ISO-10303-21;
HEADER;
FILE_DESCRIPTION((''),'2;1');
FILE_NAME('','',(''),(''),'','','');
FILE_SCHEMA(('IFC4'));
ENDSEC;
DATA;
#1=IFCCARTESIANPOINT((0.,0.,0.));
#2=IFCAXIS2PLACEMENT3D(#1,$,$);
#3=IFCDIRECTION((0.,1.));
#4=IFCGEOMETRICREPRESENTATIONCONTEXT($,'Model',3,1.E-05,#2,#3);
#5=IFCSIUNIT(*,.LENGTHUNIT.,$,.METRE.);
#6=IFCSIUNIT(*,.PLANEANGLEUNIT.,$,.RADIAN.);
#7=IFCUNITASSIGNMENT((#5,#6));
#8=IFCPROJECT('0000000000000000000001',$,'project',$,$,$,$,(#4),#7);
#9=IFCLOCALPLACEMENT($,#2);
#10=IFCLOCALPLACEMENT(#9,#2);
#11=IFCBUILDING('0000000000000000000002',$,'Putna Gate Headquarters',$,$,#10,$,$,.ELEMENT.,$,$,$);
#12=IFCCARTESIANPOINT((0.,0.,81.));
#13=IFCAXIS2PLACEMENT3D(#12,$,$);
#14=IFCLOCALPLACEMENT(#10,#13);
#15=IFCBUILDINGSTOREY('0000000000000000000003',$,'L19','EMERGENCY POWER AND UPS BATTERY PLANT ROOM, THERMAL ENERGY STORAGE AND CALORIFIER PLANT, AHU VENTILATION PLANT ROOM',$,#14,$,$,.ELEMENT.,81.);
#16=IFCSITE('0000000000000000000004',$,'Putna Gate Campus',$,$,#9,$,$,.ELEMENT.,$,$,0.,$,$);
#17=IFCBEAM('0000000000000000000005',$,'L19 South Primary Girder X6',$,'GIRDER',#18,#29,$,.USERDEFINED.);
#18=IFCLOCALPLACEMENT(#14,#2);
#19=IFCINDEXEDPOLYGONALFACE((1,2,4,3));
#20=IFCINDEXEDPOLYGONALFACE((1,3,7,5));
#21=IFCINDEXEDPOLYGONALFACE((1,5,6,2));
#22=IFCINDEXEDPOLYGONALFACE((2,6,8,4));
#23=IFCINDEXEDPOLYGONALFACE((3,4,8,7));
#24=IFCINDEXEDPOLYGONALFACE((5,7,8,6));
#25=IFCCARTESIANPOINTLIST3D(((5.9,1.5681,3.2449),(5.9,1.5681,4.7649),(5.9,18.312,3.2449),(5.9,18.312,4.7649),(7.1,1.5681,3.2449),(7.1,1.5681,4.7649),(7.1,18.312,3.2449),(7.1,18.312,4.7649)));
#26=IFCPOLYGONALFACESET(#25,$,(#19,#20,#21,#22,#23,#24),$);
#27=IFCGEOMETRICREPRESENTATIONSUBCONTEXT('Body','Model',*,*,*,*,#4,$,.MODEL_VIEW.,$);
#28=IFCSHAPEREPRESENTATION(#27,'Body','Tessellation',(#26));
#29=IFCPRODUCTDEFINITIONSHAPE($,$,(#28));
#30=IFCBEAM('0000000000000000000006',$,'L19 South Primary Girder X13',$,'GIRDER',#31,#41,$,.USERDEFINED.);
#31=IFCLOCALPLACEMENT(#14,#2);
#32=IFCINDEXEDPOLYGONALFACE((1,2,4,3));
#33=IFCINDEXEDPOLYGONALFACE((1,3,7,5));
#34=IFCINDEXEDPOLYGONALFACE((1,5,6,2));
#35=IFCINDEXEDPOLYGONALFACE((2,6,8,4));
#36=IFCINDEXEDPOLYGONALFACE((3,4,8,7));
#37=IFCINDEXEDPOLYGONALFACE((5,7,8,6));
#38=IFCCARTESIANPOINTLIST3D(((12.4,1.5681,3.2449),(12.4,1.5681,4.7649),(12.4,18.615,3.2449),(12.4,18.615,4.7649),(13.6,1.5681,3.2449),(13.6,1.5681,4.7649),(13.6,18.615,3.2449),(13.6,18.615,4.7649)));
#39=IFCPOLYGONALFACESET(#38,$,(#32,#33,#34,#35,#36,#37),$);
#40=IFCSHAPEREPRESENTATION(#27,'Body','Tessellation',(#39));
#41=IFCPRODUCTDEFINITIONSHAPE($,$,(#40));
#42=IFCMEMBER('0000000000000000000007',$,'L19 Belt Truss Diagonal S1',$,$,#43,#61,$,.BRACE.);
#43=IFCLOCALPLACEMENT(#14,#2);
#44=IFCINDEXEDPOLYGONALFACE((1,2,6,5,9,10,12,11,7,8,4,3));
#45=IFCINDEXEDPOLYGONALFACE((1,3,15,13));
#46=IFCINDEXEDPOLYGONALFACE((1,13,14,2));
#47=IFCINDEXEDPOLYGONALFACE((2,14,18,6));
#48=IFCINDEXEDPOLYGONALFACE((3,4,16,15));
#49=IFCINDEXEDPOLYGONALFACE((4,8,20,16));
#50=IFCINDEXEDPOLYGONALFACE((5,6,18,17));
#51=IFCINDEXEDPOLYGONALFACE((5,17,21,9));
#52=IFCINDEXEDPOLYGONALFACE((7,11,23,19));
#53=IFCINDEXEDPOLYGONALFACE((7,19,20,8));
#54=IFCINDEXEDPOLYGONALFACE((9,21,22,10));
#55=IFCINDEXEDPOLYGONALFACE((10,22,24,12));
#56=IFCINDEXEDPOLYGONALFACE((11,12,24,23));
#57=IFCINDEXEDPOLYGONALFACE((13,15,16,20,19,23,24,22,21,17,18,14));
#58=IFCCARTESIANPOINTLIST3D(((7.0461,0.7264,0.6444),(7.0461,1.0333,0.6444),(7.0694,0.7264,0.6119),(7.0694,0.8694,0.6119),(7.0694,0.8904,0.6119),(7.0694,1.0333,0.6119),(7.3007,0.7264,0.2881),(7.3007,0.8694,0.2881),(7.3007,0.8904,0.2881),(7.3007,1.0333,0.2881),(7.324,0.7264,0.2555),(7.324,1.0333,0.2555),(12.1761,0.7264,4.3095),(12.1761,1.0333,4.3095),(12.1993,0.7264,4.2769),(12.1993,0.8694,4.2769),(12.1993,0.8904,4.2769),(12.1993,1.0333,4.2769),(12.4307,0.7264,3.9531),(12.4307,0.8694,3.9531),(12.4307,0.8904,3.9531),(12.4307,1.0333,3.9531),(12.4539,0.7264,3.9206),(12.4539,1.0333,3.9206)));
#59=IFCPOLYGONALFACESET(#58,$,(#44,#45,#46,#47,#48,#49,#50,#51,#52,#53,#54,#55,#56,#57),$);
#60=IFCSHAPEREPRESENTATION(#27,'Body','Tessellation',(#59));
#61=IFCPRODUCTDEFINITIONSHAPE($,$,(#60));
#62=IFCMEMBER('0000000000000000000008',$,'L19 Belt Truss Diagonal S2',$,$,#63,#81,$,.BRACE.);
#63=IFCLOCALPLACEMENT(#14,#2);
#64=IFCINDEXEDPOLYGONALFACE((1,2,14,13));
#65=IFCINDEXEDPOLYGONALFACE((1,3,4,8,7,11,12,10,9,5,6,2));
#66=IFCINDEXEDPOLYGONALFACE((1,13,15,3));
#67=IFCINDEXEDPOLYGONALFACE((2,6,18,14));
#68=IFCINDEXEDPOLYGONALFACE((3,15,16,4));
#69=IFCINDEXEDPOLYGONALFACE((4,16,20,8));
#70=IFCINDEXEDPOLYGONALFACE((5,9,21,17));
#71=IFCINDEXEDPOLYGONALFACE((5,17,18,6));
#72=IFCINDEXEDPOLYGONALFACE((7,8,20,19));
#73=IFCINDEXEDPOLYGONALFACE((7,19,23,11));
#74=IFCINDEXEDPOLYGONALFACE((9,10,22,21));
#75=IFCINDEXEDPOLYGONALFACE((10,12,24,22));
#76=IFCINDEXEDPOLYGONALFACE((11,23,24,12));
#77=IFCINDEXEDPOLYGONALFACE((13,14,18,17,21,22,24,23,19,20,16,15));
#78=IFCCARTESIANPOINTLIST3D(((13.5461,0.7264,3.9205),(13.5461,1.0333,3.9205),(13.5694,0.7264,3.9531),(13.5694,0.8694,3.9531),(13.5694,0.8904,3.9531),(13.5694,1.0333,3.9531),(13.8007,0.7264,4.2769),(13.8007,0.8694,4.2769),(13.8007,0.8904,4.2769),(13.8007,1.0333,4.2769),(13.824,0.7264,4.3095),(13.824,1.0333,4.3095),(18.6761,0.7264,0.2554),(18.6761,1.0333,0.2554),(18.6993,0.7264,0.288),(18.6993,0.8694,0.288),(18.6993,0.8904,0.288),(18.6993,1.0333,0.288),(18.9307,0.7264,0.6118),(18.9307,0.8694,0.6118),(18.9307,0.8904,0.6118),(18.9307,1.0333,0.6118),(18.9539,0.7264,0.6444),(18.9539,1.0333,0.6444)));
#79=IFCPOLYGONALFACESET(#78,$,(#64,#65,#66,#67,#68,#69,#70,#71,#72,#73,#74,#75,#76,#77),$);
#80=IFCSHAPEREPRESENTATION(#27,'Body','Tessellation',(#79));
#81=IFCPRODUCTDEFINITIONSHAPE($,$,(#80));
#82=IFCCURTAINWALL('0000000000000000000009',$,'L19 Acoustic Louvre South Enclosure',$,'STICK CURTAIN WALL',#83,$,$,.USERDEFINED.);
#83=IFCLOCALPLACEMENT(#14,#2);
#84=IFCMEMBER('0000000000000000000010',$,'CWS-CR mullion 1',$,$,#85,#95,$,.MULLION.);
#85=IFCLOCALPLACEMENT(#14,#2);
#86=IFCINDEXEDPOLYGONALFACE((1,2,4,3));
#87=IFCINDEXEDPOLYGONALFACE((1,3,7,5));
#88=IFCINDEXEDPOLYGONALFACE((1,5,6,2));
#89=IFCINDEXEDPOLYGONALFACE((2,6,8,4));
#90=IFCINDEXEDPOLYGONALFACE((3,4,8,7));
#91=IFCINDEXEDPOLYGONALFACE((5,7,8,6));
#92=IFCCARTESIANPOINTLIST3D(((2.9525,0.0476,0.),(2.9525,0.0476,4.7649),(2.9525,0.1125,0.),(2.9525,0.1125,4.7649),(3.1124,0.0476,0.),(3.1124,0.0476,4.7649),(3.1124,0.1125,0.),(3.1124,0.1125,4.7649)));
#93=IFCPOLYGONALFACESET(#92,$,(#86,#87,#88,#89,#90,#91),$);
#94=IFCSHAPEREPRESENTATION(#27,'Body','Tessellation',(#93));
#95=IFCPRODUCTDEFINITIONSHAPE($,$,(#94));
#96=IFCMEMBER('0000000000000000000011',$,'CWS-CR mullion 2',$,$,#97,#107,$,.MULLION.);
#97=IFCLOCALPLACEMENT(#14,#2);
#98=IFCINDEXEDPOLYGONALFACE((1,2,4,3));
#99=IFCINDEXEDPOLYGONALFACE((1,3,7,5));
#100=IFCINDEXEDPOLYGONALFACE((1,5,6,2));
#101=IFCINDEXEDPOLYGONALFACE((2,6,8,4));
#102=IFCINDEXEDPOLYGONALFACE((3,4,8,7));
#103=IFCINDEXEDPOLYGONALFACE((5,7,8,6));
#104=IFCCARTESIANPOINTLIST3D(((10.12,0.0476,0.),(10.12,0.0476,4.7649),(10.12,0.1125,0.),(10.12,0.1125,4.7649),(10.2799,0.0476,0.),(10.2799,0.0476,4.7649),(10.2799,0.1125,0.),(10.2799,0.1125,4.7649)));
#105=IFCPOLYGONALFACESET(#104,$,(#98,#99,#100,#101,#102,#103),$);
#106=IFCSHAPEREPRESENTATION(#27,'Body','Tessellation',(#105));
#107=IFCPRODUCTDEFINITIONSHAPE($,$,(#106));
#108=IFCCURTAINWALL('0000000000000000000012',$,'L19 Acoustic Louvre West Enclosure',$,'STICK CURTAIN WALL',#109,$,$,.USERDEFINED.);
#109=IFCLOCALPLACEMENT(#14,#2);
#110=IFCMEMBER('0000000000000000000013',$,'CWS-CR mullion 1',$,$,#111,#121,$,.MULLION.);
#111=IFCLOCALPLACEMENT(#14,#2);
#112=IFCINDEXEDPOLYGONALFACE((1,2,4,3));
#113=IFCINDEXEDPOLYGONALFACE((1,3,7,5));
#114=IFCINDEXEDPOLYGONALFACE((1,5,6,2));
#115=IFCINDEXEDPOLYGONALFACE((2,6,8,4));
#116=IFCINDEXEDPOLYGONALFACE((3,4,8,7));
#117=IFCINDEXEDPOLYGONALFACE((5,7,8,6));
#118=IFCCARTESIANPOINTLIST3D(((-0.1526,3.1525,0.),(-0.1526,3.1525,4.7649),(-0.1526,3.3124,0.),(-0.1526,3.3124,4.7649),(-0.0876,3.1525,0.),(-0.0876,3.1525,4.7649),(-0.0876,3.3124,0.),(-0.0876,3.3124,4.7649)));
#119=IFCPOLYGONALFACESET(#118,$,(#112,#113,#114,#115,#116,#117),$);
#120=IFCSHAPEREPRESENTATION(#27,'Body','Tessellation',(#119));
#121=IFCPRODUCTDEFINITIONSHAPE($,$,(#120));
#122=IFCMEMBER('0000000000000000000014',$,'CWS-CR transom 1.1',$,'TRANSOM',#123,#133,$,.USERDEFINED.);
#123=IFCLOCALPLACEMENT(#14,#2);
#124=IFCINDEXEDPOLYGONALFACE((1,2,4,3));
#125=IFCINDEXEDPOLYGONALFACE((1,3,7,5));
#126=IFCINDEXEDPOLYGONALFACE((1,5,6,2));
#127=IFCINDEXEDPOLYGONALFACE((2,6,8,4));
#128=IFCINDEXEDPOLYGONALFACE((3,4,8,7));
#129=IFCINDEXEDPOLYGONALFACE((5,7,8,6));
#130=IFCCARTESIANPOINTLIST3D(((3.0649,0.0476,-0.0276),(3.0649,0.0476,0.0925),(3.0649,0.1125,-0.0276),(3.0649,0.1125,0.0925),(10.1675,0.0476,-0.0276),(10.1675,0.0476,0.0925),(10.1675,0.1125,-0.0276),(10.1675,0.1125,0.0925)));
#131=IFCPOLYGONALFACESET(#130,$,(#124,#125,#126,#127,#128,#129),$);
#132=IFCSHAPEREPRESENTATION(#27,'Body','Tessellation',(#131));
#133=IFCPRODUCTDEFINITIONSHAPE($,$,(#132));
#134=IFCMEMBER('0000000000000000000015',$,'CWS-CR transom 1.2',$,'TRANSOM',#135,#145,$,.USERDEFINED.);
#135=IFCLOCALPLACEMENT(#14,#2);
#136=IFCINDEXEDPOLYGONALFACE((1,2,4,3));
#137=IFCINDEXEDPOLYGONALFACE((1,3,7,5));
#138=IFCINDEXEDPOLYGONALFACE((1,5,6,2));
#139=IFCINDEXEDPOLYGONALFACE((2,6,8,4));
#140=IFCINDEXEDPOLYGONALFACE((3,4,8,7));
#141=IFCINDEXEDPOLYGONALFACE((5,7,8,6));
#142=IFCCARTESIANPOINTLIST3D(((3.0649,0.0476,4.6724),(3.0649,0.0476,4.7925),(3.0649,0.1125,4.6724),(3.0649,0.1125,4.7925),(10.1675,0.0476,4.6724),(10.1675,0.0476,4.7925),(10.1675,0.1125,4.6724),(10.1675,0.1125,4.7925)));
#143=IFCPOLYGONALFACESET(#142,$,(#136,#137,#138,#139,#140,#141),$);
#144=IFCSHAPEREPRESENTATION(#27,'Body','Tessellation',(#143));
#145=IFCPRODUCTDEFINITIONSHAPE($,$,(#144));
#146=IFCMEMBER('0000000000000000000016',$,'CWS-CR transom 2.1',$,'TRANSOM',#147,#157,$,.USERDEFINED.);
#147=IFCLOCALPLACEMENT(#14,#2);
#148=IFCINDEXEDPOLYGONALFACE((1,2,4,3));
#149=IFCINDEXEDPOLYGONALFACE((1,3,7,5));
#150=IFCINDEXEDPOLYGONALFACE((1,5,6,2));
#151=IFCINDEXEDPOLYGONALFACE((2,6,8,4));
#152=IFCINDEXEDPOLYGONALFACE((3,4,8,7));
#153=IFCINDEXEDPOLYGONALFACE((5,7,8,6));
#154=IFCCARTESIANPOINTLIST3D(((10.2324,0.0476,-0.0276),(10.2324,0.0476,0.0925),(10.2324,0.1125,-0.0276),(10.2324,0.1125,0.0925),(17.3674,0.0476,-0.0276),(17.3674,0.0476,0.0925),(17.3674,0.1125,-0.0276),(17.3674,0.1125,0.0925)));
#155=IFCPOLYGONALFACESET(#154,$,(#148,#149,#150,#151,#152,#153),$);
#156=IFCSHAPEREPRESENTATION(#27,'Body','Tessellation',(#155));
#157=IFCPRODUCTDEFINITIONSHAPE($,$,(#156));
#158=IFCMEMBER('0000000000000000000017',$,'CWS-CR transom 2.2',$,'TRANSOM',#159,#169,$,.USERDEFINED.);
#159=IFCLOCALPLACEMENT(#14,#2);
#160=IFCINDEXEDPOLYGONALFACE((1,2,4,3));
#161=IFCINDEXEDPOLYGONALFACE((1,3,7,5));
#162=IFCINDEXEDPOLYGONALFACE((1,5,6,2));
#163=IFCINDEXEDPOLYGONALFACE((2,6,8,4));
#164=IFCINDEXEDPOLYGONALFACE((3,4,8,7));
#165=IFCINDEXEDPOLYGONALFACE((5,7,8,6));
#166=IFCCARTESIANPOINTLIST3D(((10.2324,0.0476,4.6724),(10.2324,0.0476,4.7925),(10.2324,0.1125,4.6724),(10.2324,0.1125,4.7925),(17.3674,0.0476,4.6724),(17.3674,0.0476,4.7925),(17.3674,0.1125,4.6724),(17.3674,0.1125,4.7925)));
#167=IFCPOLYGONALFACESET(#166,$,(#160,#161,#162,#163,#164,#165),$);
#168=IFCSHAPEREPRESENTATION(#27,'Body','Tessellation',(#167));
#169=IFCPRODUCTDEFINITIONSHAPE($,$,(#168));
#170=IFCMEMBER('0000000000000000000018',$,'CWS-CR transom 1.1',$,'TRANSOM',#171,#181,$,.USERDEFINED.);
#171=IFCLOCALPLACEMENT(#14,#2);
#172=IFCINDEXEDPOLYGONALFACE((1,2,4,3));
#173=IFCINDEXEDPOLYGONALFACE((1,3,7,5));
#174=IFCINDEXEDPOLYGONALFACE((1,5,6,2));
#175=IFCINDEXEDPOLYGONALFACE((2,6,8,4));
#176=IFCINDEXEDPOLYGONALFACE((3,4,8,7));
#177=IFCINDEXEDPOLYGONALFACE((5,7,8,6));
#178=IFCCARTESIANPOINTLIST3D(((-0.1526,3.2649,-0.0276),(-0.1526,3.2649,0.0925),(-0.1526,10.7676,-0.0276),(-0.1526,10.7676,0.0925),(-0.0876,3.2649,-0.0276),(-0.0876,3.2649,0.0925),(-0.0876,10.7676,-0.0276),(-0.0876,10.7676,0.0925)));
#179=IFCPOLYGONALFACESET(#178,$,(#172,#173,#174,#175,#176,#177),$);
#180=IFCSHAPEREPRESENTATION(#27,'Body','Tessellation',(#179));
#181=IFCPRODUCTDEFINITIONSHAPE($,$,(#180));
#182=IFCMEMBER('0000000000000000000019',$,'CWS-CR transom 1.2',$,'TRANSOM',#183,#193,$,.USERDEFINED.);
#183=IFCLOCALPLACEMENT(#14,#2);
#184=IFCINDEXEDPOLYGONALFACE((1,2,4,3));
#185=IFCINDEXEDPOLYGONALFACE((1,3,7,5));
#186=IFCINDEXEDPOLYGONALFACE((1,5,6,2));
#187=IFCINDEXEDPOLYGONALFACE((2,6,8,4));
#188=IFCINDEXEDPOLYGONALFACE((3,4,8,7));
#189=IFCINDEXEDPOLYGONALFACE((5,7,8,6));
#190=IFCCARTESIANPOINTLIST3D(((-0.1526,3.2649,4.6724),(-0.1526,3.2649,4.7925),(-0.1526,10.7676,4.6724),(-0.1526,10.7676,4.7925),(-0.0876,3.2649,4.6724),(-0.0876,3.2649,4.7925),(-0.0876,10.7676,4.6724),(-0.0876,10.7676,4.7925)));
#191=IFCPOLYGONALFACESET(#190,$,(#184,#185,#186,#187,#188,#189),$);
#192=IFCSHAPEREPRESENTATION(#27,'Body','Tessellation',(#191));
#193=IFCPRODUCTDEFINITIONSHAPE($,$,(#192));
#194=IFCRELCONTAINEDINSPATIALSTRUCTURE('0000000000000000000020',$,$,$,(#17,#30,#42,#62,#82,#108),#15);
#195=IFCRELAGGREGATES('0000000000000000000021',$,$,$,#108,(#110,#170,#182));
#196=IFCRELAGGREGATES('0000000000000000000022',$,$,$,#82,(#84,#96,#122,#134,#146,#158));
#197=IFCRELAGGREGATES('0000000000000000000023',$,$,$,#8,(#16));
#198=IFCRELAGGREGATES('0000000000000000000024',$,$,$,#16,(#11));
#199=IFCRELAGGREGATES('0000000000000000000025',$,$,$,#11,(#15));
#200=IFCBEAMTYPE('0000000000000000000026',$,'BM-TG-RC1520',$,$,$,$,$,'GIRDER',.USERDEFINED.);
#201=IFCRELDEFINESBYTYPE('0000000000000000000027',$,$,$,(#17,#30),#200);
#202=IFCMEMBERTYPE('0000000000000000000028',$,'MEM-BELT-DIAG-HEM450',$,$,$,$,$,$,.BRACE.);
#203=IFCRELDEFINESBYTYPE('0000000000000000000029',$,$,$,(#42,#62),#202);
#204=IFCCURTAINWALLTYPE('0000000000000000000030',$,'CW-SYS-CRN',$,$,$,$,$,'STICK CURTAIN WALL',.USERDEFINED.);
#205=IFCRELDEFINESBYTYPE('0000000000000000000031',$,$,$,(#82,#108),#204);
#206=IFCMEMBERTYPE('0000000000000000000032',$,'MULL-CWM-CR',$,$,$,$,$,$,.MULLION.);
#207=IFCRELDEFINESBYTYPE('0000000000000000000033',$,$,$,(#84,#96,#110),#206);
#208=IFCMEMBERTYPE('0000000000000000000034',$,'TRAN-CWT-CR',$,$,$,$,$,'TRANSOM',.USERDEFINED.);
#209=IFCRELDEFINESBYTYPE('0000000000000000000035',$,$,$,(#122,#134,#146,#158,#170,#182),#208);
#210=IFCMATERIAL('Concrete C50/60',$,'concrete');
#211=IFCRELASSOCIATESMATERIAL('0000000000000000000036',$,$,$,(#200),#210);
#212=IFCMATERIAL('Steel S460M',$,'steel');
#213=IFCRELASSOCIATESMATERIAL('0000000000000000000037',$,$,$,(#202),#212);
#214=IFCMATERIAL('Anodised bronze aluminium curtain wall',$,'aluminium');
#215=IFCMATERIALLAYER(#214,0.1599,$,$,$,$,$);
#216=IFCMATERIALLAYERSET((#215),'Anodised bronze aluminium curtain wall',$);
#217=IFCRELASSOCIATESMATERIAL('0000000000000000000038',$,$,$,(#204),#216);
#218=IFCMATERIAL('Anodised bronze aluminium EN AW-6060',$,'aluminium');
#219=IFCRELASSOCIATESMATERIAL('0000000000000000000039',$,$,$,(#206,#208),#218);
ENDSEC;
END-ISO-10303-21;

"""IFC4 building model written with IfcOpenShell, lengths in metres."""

from ifc_helpers import new_model, si_unit, direction, frame, origin, origin_2d, place, context, subcontext, project, spatial, rectangle, i_section, extrude, material, layer, layer_set, material_profile, profile_set, type_object, element, aggregate, save


model = new_model("IFC4")

# Units and contexts
model_context = context("Model", 3, precision=1e-05, world=origin(), true_north=direction((0.0, 1.0)))
body_context = subcontext(model_context, "Body", "Model", "MODEL_VIEW")
ifc_project = project(units=[si_unit("LENGTHUNIT", "METRE"), si_unit("PLANEANGLEUNIT", "RADIAN")], contexts=[model_context])

# Site, building, storey
site_placement = place(None, origin())
site = spatial("IfcSite", under=ifc_project, at=site_placement, Name="Putna Gate Campus", CompositionType="ELEMENT", RefElevation=0.0)
building_placement = place(site_placement, origin())
building = spatial("IfcBuilding", under=site, at=building_placement, Name="Putna Gate Headquarters", CompositionType="ELEMENT")
storey_placement = place(building_placement, frame((0.0, 0.0, 81.0)))
storey = spatial("IfcBuildingStorey", under=building, at=storey_placement, Name="L19", Description="EMERGENCY POWER AND UPS BATTERY PLANT ROOM, THERMAL ENERGY STORAGE AND CALORIFIER PLANT, AHU VENTILATION PLANT ROOM", CompositionType="ELEMENT", Elevation=81.0)

# Beams
ifc_material_1 = material(Name="Concrete C50/60", Category="concrete")
ifc_material_profile_1 = material_profile(ifc_material_1, rectangle(XDim=1.2, YDim=1.52, at=origin_2d()), Name="Concrete C50/60")
ifc_profile_set_1 = profile_set([ifc_material_profile_1], Name="Concrete C50/60")
beam_type_1 = type_object("IfcBeamType", Name="BM-TG-RC1520", ElementType="GIRDER", PredefinedType="USERDEFINED", material=ifc_profile_set_1)
beam_1_placement = place(storey_placement, frame((6.5, 1.5681, 4.0049), z_axis=(0.0, 1.0, 0.0), x_axis=(-1.0, 0.0, 0.0)))
element("IfcBeam", 1, at=beam_1_placement, inside=storey, type_object=beam_type_1, Name="L19 South Primary Girder X6", ObjectType="GIRDER", PredefinedType="USERDEFINED", context=body_context, shape_type="SweptSolid", body=[
    extrude(rectangle(XDim=1.2, YDim=1.52, at=origin_2d()), origin(), (0.0, 0.0, 1.0), 16.7439),
])
beam_2_placement = place(storey_placement, frame((13.0, 1.5681, 4.0049), z_axis=(0.0, 1.0, 0.0), x_axis=(-1.0, 0.0, 0.0)))
element("IfcBeam", 2, at=beam_2_placement, inside=storey, type_object=beam_type_1, Name="L19 South Primary Girder X13", ObjectType="GIRDER", PredefinedType="USERDEFINED", context=body_context, shape_type="SweptSolid", body=[
    extrude(rectangle(XDim=1.2, YDim=1.52, at=origin_2d()), origin(), (0.0, 0.0, 1.0), 17.0469),
])

# Members
ifc_material_2 = material(Name="Steel S460M", Category="steel")
ifc_material_profile_2 = material_profile(ifc_material_2, i_section(OverallWidth=0.3069, OverallDepth=0.478, WebThickness=0.021, FlangeThickness=0.04, at=origin_2d()), Name="Steel S460M")
ifc_profile_set_2 = profile_set([ifc_material_profile_2], Name="Steel S460M")
member_type_1 = type_object("IfcMemberType", Name="MEM-BELT-DIAG-HEM450", PredefinedType="BRACE", material=ifc_profile_set_2)
for number, where, z_axis, x_axis, name in (
    (3, (7.1851, 0.8799, 0.45), (0.813671, 0.0, 0.581326), (0.0, 1.0, 0.0), "L19 Belt Truss Diagonal S1"),
    (4, (13.6851, 0.8799, 4.115), (0.813671, 0.0, -0.581326), (0.0, 1.0, 0.0), "L19 Belt Truss Diagonal S2"),
):
    element("IfcMember", number, at=place(storey_placement, frame(where, z_axis=z_axis, x_axis=x_axis)), inside=storey, type_object=member_type_1, Name=name, PredefinedType="BRACE", context=body_context, shape_type="SweptSolid", body=[
        extrude(i_section(OverallWidth=0.3069, OverallDepth=0.478, WebThickness=0.021, FlangeThickness=0.04, at=origin_2d()), origin(), (0.0, 0.0, 1.0), 6.3047),
    ])

# Curtain wall, members
ifc_material_3 = material(Name="Anodised bronze aluminium curtain wall", Category="aluminium")
ifc_layer_1 = layer(ifc_material_3, 0.1599)
ifc_layer_set_1 = layer_set([ifc_layer_1], Name="Anodised bronze aluminium curtain wall")
curtain_wall_type = type_object("IfcCurtainWallType", Name="CW-SYS-CRN", ElementType="STICK CURTAIN WALL", PredefinedType="USERDEFINED", material=ifc_layer_set_1)
curtain_wall_1_placement = place(storey_placement, origin())
curtain_wall_1 = element("IfcCurtainWall", 5, at=curtain_wall_1_placement, inside=storey, type_object=curtain_wall_type, Name="L19 Acoustic Louvre South Enclosure", ObjectType="STICK CURTAIN WALL", PredefinedType="USERDEFINED")
ifc_material_4 = material(Name="Anodised bronze aluminium EN AW-6060", Category="aluminium")
ifc_material_profile_3 = material_profile(ifc_material_4, rectangle(XDim=0.0649, YDim=0.1599, at=origin_2d()), Name="Anodised bronze aluminium EN AW-6060")
ifc_profile_set_3 = profile_set([ifc_material_profile_3], Name="Anodised bronze aluminium EN AW-6060")
member_type_2 = type_object("IfcMemberType", Name="MULL-CWM-CR", PredefinedType="MULLION", material=ifc_profile_set_3)
member_1_placement = place(storey_placement, frame((3.0325, 0.0801, 0.0), z_axis=(0.0, 0.0, 1.0), x_axis=(0.0, 1.0, 0.0)))
member_1 = element("IfcMember", 6, at=member_1_placement, type_object=member_type_2, Name="CWS-CR mullion 1", PredefinedType="MULLION", context=body_context, shape_type="SweptSolid", body=[
    extrude(rectangle(XDim=0.0649, YDim=0.1599, at=origin_2d()), origin(), (0.0, 0.0, 1.0), 4.7649),
])
member_2_placement = place(storey_placement, frame((10.2, 0.0801, 0.0), z_axis=(0.0, 0.0, 1.0), x_axis=(0.0, 1.0, 0.0)))
member_2 = element("IfcMember", 7, at=member_2_placement, type_object=member_type_2, Name="CWS-CR mullion 2", PredefinedType="MULLION", context=body_context, shape_type="SweptSolid", body=[
    extrude(rectangle(XDim=0.0649, YDim=0.1599, at=origin_2d()), origin(), (0.0, 0.0, 1.0), 4.7649),
])

# Curtain wall, member
curtain_wall_2_placement = place(storey_placement, origin())
curtain_wall_2 = element("IfcCurtainWall", 8, at=curtain_wall_2_placement, inside=storey, type_object=curtain_wall_type, Name="L19 Acoustic Louvre West Enclosure", ObjectType="STICK CURTAIN WALL", PredefinedType="USERDEFINED")
member_3_placement = place(storey_placement, frame((-0.1201, 3.2324, 0.0), z_axis=(0.0, 0.0, 1.0), x_axis=(-1.0, 0.0, 0.0)))
member_3 = element("IfcMember", 9, at=member_3_placement, type_object=member_type_2, Name="CWS-CR mullion 1", PredefinedType="MULLION", context=body_context, shape_type="SweptSolid", body=[
    extrude(rectangle(XDim=0.0649, YDim=0.1599, at=origin_2d()), origin(), (0.0, 0.0, 1.0), 4.7649),
])

# Members
ifc_material_profile_4 = material_profile(ifc_material_4, rectangle(XDim=0.0649, YDim=0.1201, at=origin_2d()), Name="Anodised bronze aluminium EN AW-6060")
ifc_profile_set_4 = profile_set([ifc_material_profile_4], Name="Anodised bronze aluminium EN AW-6060")
member_type_3 = type_object("IfcMemberType", Name="TRAN-CWT-CR", ElementType="TRANSOM", PredefinedType="USERDEFINED", material=ifc_profile_set_4)
member_4_placement = place(storey_placement, frame((3.0649, 0.0801, 0.0325), z_axis=(1.0, 0.0, 0.0), x_axis=(0.0, 1.0, 0.0)))
member_4 = element("IfcMember", 10, at=member_4_placement, type_object=member_type_3, Name="CWS-CR transom 1.1", ObjectType="TRANSOM", PredefinedType="USERDEFINED", context=body_context, shape_type="SweptSolid", body=[
    extrude(rectangle(XDim=0.0649, YDim=0.1201, at=origin_2d()), origin(), (0.0, 0.0, 1.0), 7.1025),
])
member_5_placement = place(storey_placement, frame((3.0649, 0.0801, 4.7324), z_axis=(1.0, 0.0, 0.0), x_axis=(0.0, 1.0, 0.0)))
member_5 = element("IfcMember", 11, at=member_5_placement, type_object=member_type_3, Name="CWS-CR transom 1.2", ObjectType="TRANSOM", PredefinedType="USERDEFINED", context=body_context, shape_type="SweptSolid", body=[
    extrude(rectangle(XDim=0.0649, YDim=0.1201, at=origin_2d()), origin(), (0.0, 0.0, 1.0), 7.1025),
])
member_6_placement = place(storey_placement, frame((10.2324, 0.0801, 0.0325), z_axis=(1.0, 0.0, 0.0), x_axis=(0.0, 1.0, 0.0)))
member_6 = element("IfcMember", 12, at=member_6_placement, type_object=member_type_3, Name="CWS-CR transom 2.1", ObjectType="TRANSOM", PredefinedType="USERDEFINED", context=body_context, shape_type="SweptSolid", body=[
    extrude(rectangle(XDim=0.0649, YDim=0.1201, at=origin_2d()), origin(), (0.0, 0.0, 1.0), 7.135),
])
member_7_placement = place(storey_placement, frame((10.2324, 0.0801, 4.7324), z_axis=(1.0, 0.0, 0.0), x_axis=(0.0, 1.0, 0.0)))
member_7 = element("IfcMember", 13, at=member_7_placement, type_object=member_type_3, Name="CWS-CR transom 2.2", ObjectType="TRANSOM", PredefinedType="USERDEFINED", context=body_context, shape_type="SweptSolid", body=[
    extrude(rectangle(XDim=0.0649, YDim=0.1201, at=origin_2d()), origin(), (0.0, 0.0, 1.0), 7.135),
])
member_8_placement = place(storey_placement, frame((-0.1201, 3.2649, 0.0325), z_axis=(0.0, 1.0, 0.0), x_axis=(-1.0, 0.0, 0.0)))
member_8 = element("IfcMember", 14, at=member_8_placement, type_object=member_type_3, Name="CWS-CR transom 1.1", ObjectType="TRANSOM", PredefinedType="USERDEFINED", context=body_context, shape_type="SweptSolid", body=[
    extrude(rectangle(XDim=0.0649, YDim=0.1201, at=origin_2d()), origin(), (0.0, 0.0, 1.0), 7.5027),
])
member_9_placement = place(storey_placement, frame((-0.1201, 3.2649, 4.7324), z_axis=(0.0, 1.0, 0.0), x_axis=(-1.0, 0.0, 0.0)))
member_9 = element("IfcMember", 15, at=member_9_placement, type_object=member_type_3, Name="CWS-CR transom 1.2", ObjectType="TRANSOM", PredefinedType="USERDEFINED", context=body_context, shape_type="SweptSolid", body=[
    extrude(rectangle(XDim=0.0649, YDim=0.1201, at=origin_2d()), origin(), (0.0, 0.0, 1.0), 7.5027),
])
aggregate(curtain_wall_2, [member_3, member_8, member_9])

aggregate(curtain_wall_1, [member_1, member_2, member_4, member_5, member_6, member_7])

save(model, "model.ifc")
